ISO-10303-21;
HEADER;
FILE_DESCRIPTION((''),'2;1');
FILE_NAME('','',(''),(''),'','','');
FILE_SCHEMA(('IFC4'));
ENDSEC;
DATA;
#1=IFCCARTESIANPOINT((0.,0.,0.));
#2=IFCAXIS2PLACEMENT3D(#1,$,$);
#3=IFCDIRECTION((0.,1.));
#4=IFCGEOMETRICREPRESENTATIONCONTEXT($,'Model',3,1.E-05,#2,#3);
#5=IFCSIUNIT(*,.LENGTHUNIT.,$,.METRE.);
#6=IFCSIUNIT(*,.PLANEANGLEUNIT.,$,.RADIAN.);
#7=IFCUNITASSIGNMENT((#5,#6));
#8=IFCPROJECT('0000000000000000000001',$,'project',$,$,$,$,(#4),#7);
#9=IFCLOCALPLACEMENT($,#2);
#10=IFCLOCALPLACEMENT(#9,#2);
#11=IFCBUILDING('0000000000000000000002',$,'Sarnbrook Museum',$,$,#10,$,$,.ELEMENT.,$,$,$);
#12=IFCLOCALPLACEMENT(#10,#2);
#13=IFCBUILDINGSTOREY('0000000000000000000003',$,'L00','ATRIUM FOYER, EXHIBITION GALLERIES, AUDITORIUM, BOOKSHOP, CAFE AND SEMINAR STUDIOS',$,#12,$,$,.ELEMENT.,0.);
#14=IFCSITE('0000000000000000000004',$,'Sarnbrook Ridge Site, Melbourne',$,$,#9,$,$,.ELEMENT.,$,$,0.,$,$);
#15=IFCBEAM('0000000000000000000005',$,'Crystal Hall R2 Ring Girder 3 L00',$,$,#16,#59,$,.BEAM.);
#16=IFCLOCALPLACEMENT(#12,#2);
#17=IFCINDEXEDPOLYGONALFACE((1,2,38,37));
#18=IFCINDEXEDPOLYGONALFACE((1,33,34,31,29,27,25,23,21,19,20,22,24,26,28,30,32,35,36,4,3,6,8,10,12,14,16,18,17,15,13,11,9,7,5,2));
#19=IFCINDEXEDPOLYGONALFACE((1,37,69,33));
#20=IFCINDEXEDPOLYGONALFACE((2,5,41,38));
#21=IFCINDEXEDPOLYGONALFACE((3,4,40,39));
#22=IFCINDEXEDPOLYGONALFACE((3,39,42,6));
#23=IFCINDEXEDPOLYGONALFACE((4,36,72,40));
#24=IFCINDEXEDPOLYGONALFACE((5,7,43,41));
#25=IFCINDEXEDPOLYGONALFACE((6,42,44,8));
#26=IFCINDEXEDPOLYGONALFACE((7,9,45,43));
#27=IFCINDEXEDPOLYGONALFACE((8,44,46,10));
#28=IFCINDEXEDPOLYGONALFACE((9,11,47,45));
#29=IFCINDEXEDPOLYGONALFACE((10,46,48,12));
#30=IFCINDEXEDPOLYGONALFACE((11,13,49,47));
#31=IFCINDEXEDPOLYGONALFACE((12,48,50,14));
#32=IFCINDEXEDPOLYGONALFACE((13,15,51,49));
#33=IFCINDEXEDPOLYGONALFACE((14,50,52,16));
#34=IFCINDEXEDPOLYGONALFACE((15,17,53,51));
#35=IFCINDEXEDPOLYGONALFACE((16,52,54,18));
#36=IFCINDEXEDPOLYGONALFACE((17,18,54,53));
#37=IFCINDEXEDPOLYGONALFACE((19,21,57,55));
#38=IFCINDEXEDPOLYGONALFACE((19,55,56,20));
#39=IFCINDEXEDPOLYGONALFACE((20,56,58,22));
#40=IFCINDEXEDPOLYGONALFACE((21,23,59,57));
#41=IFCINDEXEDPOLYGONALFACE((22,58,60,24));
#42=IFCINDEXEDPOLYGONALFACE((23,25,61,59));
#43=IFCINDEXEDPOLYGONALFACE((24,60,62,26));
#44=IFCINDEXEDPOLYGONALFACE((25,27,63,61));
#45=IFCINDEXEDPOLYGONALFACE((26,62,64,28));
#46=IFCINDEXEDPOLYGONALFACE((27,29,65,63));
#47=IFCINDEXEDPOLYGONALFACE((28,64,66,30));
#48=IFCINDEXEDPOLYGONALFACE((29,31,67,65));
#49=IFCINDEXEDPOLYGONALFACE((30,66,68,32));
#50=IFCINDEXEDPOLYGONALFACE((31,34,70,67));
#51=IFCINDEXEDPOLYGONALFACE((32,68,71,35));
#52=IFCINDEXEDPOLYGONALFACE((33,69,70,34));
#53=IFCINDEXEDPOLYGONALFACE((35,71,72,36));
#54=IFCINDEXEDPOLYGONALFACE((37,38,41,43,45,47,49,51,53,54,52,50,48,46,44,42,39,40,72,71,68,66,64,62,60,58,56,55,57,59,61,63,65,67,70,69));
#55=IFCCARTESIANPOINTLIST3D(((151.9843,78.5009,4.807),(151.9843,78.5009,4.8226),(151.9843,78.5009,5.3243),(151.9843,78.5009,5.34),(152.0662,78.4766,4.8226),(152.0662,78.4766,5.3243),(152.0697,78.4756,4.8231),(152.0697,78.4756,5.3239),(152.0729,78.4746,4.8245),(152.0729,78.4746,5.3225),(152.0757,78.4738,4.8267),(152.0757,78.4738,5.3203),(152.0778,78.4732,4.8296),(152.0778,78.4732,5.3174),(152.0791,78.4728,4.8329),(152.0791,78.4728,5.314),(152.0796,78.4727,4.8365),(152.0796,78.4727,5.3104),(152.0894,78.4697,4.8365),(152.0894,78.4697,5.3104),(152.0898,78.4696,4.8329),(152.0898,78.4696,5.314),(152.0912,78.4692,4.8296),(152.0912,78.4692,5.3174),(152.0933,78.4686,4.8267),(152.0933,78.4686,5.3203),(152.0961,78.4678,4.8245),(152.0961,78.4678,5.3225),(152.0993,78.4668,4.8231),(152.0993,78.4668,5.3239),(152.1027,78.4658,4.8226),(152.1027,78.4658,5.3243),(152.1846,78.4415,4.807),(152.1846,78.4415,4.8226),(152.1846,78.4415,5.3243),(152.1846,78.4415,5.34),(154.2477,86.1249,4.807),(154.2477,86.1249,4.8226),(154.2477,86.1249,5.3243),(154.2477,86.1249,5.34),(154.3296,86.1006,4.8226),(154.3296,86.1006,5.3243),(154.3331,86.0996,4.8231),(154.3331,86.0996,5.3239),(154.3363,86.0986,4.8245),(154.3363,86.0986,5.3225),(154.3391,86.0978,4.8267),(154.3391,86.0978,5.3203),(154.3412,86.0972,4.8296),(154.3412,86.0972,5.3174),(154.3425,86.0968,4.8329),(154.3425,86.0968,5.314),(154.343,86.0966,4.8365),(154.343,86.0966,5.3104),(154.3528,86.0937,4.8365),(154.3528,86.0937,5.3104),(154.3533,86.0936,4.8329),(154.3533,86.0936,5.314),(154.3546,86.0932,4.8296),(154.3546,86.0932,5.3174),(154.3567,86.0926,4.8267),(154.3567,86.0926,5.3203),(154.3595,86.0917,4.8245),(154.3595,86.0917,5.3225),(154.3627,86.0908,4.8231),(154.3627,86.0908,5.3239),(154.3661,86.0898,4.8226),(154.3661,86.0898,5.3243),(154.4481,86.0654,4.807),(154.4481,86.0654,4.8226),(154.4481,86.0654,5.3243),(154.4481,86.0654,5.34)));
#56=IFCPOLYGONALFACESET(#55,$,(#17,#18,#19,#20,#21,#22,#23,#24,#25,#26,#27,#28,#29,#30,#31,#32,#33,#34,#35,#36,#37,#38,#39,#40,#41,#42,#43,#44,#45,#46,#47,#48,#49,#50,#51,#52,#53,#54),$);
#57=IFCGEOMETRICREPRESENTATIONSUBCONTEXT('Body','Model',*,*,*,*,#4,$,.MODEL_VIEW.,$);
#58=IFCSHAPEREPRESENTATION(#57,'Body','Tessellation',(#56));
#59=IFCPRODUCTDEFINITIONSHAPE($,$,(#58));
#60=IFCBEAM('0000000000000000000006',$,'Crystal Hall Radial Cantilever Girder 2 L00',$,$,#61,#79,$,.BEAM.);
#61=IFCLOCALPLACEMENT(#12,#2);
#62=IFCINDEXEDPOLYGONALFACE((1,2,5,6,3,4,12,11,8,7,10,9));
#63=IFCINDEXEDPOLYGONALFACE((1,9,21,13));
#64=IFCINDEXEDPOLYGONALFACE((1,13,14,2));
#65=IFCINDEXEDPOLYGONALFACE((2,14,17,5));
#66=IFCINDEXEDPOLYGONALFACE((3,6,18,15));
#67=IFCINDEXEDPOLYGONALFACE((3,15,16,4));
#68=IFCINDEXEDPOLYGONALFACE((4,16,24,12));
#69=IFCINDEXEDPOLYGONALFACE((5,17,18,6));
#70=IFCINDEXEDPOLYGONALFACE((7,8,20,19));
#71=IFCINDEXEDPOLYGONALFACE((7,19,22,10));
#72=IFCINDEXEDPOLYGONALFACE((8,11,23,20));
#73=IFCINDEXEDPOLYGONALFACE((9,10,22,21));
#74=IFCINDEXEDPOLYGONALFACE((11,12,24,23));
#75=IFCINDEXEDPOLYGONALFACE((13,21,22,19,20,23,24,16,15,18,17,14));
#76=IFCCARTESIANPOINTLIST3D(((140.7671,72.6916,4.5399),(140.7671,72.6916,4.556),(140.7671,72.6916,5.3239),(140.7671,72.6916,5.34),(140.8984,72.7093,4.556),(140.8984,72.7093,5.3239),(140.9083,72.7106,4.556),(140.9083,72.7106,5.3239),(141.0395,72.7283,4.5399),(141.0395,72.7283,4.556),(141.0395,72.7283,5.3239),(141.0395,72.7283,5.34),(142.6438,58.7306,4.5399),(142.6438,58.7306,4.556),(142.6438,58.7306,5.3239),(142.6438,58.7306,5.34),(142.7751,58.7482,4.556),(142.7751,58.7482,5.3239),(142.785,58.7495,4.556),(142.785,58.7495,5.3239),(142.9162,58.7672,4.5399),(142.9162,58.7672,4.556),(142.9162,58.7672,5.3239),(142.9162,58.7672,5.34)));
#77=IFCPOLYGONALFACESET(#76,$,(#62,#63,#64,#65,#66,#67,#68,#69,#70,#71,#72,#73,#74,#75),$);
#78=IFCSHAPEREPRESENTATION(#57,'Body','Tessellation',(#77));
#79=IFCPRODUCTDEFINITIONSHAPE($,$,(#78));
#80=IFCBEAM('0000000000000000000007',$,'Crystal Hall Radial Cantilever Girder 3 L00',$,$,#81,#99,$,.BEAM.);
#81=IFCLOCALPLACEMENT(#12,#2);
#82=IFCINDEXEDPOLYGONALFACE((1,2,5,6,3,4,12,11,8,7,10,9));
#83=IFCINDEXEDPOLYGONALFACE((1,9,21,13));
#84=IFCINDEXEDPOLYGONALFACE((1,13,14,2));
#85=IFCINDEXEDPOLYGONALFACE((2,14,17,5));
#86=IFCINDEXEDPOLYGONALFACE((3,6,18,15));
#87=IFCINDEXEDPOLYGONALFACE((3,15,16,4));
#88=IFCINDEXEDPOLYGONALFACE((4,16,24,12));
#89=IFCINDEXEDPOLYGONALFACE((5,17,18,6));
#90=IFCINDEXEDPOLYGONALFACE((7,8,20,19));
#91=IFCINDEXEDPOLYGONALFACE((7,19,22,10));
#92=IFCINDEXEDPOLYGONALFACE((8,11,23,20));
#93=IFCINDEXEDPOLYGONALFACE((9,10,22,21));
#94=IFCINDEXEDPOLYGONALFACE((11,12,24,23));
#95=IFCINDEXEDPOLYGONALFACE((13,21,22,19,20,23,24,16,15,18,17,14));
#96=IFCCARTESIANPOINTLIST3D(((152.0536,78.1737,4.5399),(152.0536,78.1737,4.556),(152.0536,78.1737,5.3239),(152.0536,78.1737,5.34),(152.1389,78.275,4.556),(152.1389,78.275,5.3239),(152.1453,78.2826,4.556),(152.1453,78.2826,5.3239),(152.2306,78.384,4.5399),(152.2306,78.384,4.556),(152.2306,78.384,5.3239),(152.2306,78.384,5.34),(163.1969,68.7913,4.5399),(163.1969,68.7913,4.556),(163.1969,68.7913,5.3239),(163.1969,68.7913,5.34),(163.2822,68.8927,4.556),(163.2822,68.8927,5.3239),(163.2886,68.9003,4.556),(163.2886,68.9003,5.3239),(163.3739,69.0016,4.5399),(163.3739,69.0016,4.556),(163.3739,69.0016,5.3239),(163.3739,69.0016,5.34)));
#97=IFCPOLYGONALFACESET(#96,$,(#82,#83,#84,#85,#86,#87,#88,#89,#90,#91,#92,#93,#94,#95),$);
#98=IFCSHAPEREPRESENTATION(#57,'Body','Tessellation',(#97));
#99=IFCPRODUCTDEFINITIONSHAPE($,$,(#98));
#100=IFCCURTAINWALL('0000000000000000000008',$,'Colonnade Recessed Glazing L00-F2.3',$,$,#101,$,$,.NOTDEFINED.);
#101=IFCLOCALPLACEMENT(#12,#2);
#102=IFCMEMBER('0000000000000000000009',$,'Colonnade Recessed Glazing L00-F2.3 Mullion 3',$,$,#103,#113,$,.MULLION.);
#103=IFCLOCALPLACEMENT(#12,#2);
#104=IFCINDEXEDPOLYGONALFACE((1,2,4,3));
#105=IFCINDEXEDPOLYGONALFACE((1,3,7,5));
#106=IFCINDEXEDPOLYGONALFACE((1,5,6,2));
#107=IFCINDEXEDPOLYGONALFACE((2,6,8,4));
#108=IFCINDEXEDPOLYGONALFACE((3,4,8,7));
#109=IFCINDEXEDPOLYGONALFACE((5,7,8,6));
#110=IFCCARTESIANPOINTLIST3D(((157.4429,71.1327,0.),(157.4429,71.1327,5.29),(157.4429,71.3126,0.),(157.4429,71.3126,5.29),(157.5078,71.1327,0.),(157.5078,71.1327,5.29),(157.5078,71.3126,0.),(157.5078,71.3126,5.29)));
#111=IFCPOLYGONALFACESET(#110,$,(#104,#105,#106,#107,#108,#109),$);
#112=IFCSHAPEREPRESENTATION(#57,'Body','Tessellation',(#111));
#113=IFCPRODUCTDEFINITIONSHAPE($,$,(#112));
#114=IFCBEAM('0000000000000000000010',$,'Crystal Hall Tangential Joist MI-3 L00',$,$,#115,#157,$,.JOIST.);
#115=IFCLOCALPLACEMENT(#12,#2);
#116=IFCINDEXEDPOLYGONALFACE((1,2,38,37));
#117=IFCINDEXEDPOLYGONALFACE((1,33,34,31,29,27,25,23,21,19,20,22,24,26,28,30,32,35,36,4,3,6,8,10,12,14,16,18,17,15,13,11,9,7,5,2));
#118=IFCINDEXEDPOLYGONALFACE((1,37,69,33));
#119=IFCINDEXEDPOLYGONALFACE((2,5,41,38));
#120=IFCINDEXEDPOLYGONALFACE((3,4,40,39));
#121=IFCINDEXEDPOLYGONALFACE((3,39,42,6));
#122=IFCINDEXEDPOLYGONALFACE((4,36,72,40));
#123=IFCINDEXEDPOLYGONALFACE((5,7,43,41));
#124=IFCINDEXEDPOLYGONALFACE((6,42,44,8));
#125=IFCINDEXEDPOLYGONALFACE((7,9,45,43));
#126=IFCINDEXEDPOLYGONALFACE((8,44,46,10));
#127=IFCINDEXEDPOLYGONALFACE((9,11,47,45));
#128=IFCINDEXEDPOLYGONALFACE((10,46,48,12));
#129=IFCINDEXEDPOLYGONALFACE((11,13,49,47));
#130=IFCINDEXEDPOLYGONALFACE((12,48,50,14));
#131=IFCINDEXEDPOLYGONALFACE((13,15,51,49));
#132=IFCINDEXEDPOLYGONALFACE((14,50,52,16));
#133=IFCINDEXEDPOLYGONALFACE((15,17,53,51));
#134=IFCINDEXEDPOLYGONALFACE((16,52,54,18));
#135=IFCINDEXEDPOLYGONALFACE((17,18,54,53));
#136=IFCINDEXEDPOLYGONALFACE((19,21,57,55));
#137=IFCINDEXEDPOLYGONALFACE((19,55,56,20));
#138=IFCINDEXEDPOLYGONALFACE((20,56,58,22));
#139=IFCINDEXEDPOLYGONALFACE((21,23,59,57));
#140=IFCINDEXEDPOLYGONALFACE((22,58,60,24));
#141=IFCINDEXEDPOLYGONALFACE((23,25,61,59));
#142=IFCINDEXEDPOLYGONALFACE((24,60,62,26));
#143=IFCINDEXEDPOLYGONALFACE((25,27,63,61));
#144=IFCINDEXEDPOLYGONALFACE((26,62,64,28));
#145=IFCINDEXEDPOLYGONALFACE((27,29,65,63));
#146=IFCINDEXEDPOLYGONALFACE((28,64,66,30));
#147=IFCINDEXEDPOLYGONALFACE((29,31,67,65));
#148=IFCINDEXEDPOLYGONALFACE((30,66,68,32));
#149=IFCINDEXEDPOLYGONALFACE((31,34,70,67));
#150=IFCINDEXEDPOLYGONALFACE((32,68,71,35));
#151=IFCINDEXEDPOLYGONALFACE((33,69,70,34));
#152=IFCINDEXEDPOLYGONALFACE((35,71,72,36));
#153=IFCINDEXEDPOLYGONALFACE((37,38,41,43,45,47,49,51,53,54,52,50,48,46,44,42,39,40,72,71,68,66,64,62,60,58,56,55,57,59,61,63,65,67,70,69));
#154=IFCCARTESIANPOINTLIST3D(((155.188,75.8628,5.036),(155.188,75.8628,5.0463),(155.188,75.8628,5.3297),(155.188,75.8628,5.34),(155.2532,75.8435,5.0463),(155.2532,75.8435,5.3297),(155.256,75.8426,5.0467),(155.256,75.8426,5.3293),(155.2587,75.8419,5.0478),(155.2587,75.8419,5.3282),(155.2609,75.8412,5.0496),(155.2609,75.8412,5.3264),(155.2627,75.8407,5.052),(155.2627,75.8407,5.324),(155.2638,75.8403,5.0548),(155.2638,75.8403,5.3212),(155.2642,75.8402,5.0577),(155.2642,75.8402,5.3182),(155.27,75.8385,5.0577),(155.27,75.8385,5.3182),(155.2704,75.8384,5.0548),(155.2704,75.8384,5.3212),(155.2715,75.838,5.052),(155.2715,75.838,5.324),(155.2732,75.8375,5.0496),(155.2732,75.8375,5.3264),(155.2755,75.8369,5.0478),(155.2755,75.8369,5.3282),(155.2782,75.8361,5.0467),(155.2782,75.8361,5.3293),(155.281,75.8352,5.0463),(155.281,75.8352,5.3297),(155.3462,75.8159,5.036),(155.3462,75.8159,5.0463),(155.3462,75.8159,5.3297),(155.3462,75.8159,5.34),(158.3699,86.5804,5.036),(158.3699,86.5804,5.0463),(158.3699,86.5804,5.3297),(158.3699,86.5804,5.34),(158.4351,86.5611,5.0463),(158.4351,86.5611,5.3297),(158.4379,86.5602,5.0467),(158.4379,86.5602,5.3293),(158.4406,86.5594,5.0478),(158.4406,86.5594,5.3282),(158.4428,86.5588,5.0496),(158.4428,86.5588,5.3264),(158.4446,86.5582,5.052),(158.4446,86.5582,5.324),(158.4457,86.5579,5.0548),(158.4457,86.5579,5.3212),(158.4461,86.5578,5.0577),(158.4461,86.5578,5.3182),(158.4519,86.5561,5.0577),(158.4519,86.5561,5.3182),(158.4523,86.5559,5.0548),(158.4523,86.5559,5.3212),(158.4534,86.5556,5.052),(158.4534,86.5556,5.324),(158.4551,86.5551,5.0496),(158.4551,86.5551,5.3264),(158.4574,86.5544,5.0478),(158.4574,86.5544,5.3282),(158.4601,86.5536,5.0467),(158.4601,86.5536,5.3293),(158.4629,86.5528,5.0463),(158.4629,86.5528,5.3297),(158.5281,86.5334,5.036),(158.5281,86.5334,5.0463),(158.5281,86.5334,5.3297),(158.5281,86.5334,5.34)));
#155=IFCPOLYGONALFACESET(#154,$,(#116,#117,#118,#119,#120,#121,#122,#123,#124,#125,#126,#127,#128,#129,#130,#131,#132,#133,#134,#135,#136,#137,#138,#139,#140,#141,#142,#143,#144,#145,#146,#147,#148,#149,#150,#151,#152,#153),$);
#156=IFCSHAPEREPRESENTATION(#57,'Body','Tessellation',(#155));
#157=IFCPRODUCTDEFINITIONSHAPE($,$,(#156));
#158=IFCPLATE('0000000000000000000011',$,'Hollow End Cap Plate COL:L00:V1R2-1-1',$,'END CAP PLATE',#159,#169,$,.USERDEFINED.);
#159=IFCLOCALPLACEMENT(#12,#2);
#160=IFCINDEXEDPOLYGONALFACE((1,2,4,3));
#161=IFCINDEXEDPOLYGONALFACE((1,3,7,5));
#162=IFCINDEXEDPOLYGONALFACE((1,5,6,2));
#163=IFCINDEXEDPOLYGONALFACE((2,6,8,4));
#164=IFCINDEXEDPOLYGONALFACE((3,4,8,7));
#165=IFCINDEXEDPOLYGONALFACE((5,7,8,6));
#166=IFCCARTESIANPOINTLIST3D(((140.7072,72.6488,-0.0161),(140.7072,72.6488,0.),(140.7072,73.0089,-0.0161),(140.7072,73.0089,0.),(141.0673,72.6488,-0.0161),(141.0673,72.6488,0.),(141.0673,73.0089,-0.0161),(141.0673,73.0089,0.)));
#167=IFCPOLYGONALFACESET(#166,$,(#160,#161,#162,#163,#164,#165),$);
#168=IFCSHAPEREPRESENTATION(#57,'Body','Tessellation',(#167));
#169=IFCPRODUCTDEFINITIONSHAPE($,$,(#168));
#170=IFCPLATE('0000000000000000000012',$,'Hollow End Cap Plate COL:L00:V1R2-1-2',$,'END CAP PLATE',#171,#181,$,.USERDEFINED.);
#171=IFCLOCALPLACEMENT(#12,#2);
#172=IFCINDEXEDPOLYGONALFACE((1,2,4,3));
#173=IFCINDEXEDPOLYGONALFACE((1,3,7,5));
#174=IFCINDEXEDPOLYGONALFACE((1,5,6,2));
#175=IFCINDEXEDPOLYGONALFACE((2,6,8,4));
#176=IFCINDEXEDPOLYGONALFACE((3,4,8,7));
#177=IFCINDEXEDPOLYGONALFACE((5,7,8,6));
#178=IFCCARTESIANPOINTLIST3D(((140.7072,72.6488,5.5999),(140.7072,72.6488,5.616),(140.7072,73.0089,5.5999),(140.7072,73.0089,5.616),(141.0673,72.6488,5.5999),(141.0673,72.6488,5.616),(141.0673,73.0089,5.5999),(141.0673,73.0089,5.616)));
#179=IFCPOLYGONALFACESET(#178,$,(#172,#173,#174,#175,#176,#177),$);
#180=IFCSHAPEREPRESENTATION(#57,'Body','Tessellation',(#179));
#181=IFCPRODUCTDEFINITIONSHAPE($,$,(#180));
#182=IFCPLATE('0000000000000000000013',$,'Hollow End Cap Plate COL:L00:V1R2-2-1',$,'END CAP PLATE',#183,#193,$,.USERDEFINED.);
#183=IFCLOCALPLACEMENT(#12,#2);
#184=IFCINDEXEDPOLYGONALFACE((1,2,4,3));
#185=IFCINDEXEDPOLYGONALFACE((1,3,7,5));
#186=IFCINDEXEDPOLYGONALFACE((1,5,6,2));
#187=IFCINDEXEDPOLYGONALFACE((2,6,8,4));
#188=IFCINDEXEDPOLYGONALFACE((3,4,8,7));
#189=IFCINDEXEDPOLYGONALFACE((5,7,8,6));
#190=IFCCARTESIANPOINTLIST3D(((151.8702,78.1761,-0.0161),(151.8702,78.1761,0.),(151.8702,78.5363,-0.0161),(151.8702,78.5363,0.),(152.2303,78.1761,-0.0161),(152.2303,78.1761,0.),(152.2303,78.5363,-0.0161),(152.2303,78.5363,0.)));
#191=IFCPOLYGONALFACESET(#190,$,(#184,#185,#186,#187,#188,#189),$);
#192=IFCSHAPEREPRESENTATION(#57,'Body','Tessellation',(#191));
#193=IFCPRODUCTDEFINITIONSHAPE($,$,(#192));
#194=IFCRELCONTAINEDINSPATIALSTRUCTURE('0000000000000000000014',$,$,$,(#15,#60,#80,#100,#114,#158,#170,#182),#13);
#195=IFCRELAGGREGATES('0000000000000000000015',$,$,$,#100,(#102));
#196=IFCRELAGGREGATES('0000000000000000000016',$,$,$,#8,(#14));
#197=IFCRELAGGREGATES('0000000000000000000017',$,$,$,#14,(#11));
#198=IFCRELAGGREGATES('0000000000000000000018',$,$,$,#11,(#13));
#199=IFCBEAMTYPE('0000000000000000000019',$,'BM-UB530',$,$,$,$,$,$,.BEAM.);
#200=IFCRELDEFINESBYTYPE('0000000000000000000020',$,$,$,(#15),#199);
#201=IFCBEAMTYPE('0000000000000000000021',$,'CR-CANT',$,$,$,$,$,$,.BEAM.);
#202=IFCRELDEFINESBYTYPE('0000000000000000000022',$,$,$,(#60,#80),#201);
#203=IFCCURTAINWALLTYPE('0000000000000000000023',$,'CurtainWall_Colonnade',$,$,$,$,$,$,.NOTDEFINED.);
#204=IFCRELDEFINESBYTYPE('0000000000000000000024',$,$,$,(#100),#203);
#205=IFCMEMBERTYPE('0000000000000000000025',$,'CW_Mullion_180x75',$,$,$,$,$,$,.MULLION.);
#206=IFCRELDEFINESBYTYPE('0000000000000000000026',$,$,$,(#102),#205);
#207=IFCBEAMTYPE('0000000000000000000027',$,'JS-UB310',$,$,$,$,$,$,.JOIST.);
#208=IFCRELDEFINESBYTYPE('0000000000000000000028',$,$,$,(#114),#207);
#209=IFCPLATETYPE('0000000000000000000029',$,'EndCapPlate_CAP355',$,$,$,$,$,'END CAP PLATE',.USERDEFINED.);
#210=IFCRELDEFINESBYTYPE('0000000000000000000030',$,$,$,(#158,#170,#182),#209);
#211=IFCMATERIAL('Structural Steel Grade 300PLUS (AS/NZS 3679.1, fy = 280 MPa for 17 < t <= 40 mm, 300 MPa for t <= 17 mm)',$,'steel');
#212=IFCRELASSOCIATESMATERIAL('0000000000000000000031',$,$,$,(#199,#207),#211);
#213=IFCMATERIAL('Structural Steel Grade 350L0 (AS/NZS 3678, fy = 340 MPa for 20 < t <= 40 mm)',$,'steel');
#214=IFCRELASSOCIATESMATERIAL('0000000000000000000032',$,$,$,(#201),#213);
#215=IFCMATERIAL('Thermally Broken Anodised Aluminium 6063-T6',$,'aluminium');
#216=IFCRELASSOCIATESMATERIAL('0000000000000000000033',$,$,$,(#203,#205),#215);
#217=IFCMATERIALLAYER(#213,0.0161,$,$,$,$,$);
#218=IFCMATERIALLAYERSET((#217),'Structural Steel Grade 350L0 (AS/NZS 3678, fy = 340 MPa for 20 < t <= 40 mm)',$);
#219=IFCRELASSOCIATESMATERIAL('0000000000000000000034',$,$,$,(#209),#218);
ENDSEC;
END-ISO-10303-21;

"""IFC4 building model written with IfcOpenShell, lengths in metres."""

from ifc_helpers import new_model, si_unit, direction, frame, origin, origin_2d, place, context, subcontext, project, spatial, rectangle, i_section, extrude, material, layer, layer_set, material_profile, profile_set, type_object, element, aggregate, save


model = new_model("IFC4")

# Units and contexts
model_context = context("Model", 3, precision=1e-05, world=origin(), true_north=direction((0.0, 1.0)))
body_context = subcontext(model_context, "Body", "Model", "MODEL_VIEW")
ifc_project = project(units=[si_unit("LENGTHUNIT", "METRE"), si_unit("PLANEANGLEUNIT", "RADIAN")], contexts=[model_context])

# Site, building, storey
site_placement = place(None, origin())
site = spatial("IfcSite", under=ifc_project, at=site_placement, Name="Sarnbrook Ridge Site, Melbourne", CompositionType="ELEMENT", RefElevation=0.0)
building_placement = place(site_placement, origin())
building = spatial("IfcBuilding", under=site, at=building_placement, Name="Sarnbrook Museum", CompositionType="ELEMENT")
storey_placement = place(building_placement, origin())
storey = spatial("IfcBuildingStorey", under=building, at=storey_placement, Name="L00", Description="ATRIUM FOYER, EXHIBITION GALLERIES, AUDITORIUM, BOOKSHOP, CAFE AND SEMINAR STUDIOS", CompositionType="ELEMENT", Elevation=0.0)

# Beams
ifc_material_1 = material(Name="Structural Steel Grade 300PLUS (AS/NZS 3679.1, fy = 280 MPa for 17 < t <= 40 mm, 300 MPa for t <= 17 mm)", Category="steel")
ifc_material_profile_1 = material_profile(ifc_material_1, i_section(OverallWidth=0.209, OverallDepth=0.533, WebThickness=0.0103, FlangeThickness=0.0156, FilletRadius=0.0139, at=origin_2d()), Name="530UB92.4")
ifc_profile_set_1 = profile_set([ifc_material_profile_1], Name="Structural Steel Grade 300PLUS (AS/NZS 3679.1, fy = 280 MPa for 17 < t <= 40 mm, 300 MPa for t <= 17 mm)")
beam_type_1 = type_object("IfcBeamType", Name="BM-UB530", PredefinedType="BEAM", material=ifc_profile_set_1)
beam_1_placement = place(storey_placement, frame((152.0845, 78.4712, 5.0735), z_axis=(0.284604, 0.958645, 0.0), x_axis=(-0.958645, 0.284604, 0.0)))
element("IfcBeam", 1, at=beam_1_placement, inside=storey, type_object=beam_type_1, Name="Crystal Hall R2 Ring Girder 3 L00", PredefinedType="BEAM", context=body_context, shape_type="SweptSolid", body=[
    extrude(i_section(OverallWidth=0.209, OverallDepth=0.533, WebThickness=0.0103, FlangeThickness=0.0156, FilletRadius=0.0139, at=origin_2d()), origin(), (0.0, 0.0, 1.0), 7.9529),
])
ifc_material_2 = material(Name="Structural Steel Grade 350L0 (AS/NZS 3678, fy = 340 MPa for 20 < t <= 40 mm)", Category="steel")
ifc_material_profile_2 = material_profile(ifc_material_2, i_section(OverallWidth=0.2749, OverallDepth=0.8, WebThickness=0.01, FlangeThickness=0.0161, at=origin_2d()), Name="800WB146")
ifc_profile_set_2 = profile_set([ifc_material_profile_2], Name="Structural Steel Grade 350L0 (AS/NZS 3678, fy = 340 MPa for 20 < t <= 40 mm)")
beam_type_2 = type_object("IfcBeamType", Name="CR-CANT", PredefinedType="BEAM", material=ifc_profile_set_2)
beam_2_placement = place(storey_placement, frame((140.9033, 72.71, 4.9399), z_axis=(0.133225, -0.991086, 0.0), x_axis=(0.991086, 0.133225, 0.0)))
element("IfcBeam", 2, at=beam_2_placement, inside=storey, type_object=beam_type_2, Name="Crystal Hall Radial Cantilever Girder 2 L00", PredefinedType="BEAM", context=body_context, shape_type="SweptSolid", body=[
    extrude(i_section(OverallWidth=0.2749, OverallDepth=0.8, WebThickness=0.01, FlangeThickness=0.0161, at=origin_2d()), origin(), (0.0, 0.0, 1.0), 14.0867),
])
beam_3_placement = place(storey_placement, frame((152.1421, 78.2788, 4.9399), z_axis=(0.764962, -0.644075, 0.0), x_axis=(0.644075, 0.764962, 0.0)))
element("IfcBeam", 3, at=beam_3_placement, inside=storey, type_object=beam_type_2, Name="Crystal Hall Radial Cantilever Girder 3 L00", PredefinedType="BEAM", context=body_context, shape_type="SweptSolid", body=[
    extrude(i_section(OverallWidth=0.2749, OverallDepth=0.8, WebThickness=0.01, FlangeThickness=0.0161, at=origin_2d()), origin(), (0.0, 0.0, 1.0), 14.5671),
])

# Curtain wall, member
ifc_material_3 = material(Name="Thermally Broken Anodised Aluminium 6063-T6", Category="aluminium")
curtain_wall_type = type_object("IfcCurtainWallType", Name="CurtainWall_Colonnade", PredefinedType="NOTDEFINED", material=ifc_material_3)
curtain_wall_placement = place(storey_placement, origin())
curtain_wall = element("IfcCurtainWall", 4, at=curtain_wall_placement, inside=storey, type_object=curtain_wall_type, Name="Colonnade Recessed Glazing L00-F2.3", PredefinedType="NOTDEFINED")
ifc_material_profile_3 = material_profile(ifc_material_3, rectangle(XDim=0.0649, YDim=0.1799, at=origin_2d()), Name="ALU MULLION 65x180")
ifc_profile_set_3 = profile_set([ifc_material_profile_3], Name="Thermally Broken Anodised Aluminium 6063-T6")
member_type = type_object("IfcMemberType", Name="CW_Mullion_180x75", PredefinedType="MULLION", material=ifc_profile_set_3)
member_placement = place(storey_placement, frame((157.4753, 71.2227, 0.0), z_axis=(0.0, 0.0, 1.0), x_axis=(1.0, 0.0, 0.0)))
member = element("IfcMember", 5, at=member_placement, type_object=member_type, Name="Colonnade Recessed Glazing L00-F2.3 Mullion 3", PredefinedType="MULLION", context=body_context, shape_type="SweptSolid", body=[
    extrude(rectangle(XDim=0.0649, YDim=0.1799, at=origin_2d()), origin(), (0.0, 0.0, 1.0), 5.29),
])
aggregate(curtain_wall, [member])

# Beam
ifc_material_profile_4 = material_profile(ifc_material_1, i_section(OverallWidth=0.165, OverallDepth=0.304, WebThickness=0.0061, FlangeThickness=0.0103, FilletRadius=0.0115, at=origin_2d()), Name="310UB40.4")
ifc_profile_set_4 = profile_set([ifc_material_profile_4], Name="Structural Steel Grade 300PLUS (AS/NZS 3679.1, fy = 280 MPa for 17 < t <= 40 mm, 300 MPa for t <= 17 mm)")
beam_type_3 = type_object("IfcBeamType", Name="JS-UB310", PredefinedType="JOIST", material=ifc_profile_set_4)
beam_4_placement = place(storey_placement, frame((155.2671, 75.8394, 5.188), z_axis=(0.284608, 0.958644, 0.0), x_axis=(-0.958644, 0.284608, 0.0)))
element("IfcBeam", 6, at=beam_4_placement, inside=storey, type_object=beam_type_3, Name="Crystal Hall Tangential Joist MI-3 L00", PredefinedType="JOIST", context=body_context, shape_type="SweptSolid", body=[
    extrude(i_section(OverallWidth=0.165, OverallDepth=0.304, WebThickness=0.0061, FlangeThickness=0.0103, FilletRadius=0.0115, at=origin_2d()), origin(), (0.0, 0.0, 1.0), 11.1799),
])

# Plates
ifc_layer_1 = layer(ifc_material_2, 0.0161)
ifc_layer_set_1 = layer_set([ifc_layer_1], Name="Structural Steel Grade 350L0 (AS/NZS 3678, fy = 340 MPa for 20 < t <= 40 mm)")
plate_type = type_object("IfcPlateType", Name="EndCapPlate_CAP355", ElementType="END CAP PLATE", PredefinedType="USERDEFINED", material=ifc_layer_set_1)
for number, where, z_axis, x_axis, name in (
    (7, (140.8872, 72.8289, -0.0161), (0.0, 0.0, 1.0), (1.0, 0.0, 0.0), "Hollow End Cap Plate COL:L00:V1R2-1-1"),
    (8, (140.8872, 72.8289, 5.5999), (0.0, 0.0, 1.0), (1.0, 0.0, 0.0), "Hollow End Cap Plate COL:L00:V1R2-1-2"),
    (9, (152.0503, 78.3562, -0.0161), (0.0, 0.0, 1.0), (1.0, 0.0, 0.0), "Hollow End Cap Plate COL:L00:V1R2-2-1"),
):
    element("IfcPlate", number, at=place(storey_placement, frame(where, z_axis=z_axis, x_axis=x_axis)), inside=storey, type_object=plate_type, Name=name, ObjectType="END CAP PLATE", PredefinedType="USERDEFINED", context=body_context, shape_type="SweptSolid", body=[
        extrude(rectangle(XDim=0.3601, YDim=0.3601, at=origin_2d()), origin(), (0.0, 0.0, 1.0), 0.0161),
    ])

save(model, "model.ifc")
